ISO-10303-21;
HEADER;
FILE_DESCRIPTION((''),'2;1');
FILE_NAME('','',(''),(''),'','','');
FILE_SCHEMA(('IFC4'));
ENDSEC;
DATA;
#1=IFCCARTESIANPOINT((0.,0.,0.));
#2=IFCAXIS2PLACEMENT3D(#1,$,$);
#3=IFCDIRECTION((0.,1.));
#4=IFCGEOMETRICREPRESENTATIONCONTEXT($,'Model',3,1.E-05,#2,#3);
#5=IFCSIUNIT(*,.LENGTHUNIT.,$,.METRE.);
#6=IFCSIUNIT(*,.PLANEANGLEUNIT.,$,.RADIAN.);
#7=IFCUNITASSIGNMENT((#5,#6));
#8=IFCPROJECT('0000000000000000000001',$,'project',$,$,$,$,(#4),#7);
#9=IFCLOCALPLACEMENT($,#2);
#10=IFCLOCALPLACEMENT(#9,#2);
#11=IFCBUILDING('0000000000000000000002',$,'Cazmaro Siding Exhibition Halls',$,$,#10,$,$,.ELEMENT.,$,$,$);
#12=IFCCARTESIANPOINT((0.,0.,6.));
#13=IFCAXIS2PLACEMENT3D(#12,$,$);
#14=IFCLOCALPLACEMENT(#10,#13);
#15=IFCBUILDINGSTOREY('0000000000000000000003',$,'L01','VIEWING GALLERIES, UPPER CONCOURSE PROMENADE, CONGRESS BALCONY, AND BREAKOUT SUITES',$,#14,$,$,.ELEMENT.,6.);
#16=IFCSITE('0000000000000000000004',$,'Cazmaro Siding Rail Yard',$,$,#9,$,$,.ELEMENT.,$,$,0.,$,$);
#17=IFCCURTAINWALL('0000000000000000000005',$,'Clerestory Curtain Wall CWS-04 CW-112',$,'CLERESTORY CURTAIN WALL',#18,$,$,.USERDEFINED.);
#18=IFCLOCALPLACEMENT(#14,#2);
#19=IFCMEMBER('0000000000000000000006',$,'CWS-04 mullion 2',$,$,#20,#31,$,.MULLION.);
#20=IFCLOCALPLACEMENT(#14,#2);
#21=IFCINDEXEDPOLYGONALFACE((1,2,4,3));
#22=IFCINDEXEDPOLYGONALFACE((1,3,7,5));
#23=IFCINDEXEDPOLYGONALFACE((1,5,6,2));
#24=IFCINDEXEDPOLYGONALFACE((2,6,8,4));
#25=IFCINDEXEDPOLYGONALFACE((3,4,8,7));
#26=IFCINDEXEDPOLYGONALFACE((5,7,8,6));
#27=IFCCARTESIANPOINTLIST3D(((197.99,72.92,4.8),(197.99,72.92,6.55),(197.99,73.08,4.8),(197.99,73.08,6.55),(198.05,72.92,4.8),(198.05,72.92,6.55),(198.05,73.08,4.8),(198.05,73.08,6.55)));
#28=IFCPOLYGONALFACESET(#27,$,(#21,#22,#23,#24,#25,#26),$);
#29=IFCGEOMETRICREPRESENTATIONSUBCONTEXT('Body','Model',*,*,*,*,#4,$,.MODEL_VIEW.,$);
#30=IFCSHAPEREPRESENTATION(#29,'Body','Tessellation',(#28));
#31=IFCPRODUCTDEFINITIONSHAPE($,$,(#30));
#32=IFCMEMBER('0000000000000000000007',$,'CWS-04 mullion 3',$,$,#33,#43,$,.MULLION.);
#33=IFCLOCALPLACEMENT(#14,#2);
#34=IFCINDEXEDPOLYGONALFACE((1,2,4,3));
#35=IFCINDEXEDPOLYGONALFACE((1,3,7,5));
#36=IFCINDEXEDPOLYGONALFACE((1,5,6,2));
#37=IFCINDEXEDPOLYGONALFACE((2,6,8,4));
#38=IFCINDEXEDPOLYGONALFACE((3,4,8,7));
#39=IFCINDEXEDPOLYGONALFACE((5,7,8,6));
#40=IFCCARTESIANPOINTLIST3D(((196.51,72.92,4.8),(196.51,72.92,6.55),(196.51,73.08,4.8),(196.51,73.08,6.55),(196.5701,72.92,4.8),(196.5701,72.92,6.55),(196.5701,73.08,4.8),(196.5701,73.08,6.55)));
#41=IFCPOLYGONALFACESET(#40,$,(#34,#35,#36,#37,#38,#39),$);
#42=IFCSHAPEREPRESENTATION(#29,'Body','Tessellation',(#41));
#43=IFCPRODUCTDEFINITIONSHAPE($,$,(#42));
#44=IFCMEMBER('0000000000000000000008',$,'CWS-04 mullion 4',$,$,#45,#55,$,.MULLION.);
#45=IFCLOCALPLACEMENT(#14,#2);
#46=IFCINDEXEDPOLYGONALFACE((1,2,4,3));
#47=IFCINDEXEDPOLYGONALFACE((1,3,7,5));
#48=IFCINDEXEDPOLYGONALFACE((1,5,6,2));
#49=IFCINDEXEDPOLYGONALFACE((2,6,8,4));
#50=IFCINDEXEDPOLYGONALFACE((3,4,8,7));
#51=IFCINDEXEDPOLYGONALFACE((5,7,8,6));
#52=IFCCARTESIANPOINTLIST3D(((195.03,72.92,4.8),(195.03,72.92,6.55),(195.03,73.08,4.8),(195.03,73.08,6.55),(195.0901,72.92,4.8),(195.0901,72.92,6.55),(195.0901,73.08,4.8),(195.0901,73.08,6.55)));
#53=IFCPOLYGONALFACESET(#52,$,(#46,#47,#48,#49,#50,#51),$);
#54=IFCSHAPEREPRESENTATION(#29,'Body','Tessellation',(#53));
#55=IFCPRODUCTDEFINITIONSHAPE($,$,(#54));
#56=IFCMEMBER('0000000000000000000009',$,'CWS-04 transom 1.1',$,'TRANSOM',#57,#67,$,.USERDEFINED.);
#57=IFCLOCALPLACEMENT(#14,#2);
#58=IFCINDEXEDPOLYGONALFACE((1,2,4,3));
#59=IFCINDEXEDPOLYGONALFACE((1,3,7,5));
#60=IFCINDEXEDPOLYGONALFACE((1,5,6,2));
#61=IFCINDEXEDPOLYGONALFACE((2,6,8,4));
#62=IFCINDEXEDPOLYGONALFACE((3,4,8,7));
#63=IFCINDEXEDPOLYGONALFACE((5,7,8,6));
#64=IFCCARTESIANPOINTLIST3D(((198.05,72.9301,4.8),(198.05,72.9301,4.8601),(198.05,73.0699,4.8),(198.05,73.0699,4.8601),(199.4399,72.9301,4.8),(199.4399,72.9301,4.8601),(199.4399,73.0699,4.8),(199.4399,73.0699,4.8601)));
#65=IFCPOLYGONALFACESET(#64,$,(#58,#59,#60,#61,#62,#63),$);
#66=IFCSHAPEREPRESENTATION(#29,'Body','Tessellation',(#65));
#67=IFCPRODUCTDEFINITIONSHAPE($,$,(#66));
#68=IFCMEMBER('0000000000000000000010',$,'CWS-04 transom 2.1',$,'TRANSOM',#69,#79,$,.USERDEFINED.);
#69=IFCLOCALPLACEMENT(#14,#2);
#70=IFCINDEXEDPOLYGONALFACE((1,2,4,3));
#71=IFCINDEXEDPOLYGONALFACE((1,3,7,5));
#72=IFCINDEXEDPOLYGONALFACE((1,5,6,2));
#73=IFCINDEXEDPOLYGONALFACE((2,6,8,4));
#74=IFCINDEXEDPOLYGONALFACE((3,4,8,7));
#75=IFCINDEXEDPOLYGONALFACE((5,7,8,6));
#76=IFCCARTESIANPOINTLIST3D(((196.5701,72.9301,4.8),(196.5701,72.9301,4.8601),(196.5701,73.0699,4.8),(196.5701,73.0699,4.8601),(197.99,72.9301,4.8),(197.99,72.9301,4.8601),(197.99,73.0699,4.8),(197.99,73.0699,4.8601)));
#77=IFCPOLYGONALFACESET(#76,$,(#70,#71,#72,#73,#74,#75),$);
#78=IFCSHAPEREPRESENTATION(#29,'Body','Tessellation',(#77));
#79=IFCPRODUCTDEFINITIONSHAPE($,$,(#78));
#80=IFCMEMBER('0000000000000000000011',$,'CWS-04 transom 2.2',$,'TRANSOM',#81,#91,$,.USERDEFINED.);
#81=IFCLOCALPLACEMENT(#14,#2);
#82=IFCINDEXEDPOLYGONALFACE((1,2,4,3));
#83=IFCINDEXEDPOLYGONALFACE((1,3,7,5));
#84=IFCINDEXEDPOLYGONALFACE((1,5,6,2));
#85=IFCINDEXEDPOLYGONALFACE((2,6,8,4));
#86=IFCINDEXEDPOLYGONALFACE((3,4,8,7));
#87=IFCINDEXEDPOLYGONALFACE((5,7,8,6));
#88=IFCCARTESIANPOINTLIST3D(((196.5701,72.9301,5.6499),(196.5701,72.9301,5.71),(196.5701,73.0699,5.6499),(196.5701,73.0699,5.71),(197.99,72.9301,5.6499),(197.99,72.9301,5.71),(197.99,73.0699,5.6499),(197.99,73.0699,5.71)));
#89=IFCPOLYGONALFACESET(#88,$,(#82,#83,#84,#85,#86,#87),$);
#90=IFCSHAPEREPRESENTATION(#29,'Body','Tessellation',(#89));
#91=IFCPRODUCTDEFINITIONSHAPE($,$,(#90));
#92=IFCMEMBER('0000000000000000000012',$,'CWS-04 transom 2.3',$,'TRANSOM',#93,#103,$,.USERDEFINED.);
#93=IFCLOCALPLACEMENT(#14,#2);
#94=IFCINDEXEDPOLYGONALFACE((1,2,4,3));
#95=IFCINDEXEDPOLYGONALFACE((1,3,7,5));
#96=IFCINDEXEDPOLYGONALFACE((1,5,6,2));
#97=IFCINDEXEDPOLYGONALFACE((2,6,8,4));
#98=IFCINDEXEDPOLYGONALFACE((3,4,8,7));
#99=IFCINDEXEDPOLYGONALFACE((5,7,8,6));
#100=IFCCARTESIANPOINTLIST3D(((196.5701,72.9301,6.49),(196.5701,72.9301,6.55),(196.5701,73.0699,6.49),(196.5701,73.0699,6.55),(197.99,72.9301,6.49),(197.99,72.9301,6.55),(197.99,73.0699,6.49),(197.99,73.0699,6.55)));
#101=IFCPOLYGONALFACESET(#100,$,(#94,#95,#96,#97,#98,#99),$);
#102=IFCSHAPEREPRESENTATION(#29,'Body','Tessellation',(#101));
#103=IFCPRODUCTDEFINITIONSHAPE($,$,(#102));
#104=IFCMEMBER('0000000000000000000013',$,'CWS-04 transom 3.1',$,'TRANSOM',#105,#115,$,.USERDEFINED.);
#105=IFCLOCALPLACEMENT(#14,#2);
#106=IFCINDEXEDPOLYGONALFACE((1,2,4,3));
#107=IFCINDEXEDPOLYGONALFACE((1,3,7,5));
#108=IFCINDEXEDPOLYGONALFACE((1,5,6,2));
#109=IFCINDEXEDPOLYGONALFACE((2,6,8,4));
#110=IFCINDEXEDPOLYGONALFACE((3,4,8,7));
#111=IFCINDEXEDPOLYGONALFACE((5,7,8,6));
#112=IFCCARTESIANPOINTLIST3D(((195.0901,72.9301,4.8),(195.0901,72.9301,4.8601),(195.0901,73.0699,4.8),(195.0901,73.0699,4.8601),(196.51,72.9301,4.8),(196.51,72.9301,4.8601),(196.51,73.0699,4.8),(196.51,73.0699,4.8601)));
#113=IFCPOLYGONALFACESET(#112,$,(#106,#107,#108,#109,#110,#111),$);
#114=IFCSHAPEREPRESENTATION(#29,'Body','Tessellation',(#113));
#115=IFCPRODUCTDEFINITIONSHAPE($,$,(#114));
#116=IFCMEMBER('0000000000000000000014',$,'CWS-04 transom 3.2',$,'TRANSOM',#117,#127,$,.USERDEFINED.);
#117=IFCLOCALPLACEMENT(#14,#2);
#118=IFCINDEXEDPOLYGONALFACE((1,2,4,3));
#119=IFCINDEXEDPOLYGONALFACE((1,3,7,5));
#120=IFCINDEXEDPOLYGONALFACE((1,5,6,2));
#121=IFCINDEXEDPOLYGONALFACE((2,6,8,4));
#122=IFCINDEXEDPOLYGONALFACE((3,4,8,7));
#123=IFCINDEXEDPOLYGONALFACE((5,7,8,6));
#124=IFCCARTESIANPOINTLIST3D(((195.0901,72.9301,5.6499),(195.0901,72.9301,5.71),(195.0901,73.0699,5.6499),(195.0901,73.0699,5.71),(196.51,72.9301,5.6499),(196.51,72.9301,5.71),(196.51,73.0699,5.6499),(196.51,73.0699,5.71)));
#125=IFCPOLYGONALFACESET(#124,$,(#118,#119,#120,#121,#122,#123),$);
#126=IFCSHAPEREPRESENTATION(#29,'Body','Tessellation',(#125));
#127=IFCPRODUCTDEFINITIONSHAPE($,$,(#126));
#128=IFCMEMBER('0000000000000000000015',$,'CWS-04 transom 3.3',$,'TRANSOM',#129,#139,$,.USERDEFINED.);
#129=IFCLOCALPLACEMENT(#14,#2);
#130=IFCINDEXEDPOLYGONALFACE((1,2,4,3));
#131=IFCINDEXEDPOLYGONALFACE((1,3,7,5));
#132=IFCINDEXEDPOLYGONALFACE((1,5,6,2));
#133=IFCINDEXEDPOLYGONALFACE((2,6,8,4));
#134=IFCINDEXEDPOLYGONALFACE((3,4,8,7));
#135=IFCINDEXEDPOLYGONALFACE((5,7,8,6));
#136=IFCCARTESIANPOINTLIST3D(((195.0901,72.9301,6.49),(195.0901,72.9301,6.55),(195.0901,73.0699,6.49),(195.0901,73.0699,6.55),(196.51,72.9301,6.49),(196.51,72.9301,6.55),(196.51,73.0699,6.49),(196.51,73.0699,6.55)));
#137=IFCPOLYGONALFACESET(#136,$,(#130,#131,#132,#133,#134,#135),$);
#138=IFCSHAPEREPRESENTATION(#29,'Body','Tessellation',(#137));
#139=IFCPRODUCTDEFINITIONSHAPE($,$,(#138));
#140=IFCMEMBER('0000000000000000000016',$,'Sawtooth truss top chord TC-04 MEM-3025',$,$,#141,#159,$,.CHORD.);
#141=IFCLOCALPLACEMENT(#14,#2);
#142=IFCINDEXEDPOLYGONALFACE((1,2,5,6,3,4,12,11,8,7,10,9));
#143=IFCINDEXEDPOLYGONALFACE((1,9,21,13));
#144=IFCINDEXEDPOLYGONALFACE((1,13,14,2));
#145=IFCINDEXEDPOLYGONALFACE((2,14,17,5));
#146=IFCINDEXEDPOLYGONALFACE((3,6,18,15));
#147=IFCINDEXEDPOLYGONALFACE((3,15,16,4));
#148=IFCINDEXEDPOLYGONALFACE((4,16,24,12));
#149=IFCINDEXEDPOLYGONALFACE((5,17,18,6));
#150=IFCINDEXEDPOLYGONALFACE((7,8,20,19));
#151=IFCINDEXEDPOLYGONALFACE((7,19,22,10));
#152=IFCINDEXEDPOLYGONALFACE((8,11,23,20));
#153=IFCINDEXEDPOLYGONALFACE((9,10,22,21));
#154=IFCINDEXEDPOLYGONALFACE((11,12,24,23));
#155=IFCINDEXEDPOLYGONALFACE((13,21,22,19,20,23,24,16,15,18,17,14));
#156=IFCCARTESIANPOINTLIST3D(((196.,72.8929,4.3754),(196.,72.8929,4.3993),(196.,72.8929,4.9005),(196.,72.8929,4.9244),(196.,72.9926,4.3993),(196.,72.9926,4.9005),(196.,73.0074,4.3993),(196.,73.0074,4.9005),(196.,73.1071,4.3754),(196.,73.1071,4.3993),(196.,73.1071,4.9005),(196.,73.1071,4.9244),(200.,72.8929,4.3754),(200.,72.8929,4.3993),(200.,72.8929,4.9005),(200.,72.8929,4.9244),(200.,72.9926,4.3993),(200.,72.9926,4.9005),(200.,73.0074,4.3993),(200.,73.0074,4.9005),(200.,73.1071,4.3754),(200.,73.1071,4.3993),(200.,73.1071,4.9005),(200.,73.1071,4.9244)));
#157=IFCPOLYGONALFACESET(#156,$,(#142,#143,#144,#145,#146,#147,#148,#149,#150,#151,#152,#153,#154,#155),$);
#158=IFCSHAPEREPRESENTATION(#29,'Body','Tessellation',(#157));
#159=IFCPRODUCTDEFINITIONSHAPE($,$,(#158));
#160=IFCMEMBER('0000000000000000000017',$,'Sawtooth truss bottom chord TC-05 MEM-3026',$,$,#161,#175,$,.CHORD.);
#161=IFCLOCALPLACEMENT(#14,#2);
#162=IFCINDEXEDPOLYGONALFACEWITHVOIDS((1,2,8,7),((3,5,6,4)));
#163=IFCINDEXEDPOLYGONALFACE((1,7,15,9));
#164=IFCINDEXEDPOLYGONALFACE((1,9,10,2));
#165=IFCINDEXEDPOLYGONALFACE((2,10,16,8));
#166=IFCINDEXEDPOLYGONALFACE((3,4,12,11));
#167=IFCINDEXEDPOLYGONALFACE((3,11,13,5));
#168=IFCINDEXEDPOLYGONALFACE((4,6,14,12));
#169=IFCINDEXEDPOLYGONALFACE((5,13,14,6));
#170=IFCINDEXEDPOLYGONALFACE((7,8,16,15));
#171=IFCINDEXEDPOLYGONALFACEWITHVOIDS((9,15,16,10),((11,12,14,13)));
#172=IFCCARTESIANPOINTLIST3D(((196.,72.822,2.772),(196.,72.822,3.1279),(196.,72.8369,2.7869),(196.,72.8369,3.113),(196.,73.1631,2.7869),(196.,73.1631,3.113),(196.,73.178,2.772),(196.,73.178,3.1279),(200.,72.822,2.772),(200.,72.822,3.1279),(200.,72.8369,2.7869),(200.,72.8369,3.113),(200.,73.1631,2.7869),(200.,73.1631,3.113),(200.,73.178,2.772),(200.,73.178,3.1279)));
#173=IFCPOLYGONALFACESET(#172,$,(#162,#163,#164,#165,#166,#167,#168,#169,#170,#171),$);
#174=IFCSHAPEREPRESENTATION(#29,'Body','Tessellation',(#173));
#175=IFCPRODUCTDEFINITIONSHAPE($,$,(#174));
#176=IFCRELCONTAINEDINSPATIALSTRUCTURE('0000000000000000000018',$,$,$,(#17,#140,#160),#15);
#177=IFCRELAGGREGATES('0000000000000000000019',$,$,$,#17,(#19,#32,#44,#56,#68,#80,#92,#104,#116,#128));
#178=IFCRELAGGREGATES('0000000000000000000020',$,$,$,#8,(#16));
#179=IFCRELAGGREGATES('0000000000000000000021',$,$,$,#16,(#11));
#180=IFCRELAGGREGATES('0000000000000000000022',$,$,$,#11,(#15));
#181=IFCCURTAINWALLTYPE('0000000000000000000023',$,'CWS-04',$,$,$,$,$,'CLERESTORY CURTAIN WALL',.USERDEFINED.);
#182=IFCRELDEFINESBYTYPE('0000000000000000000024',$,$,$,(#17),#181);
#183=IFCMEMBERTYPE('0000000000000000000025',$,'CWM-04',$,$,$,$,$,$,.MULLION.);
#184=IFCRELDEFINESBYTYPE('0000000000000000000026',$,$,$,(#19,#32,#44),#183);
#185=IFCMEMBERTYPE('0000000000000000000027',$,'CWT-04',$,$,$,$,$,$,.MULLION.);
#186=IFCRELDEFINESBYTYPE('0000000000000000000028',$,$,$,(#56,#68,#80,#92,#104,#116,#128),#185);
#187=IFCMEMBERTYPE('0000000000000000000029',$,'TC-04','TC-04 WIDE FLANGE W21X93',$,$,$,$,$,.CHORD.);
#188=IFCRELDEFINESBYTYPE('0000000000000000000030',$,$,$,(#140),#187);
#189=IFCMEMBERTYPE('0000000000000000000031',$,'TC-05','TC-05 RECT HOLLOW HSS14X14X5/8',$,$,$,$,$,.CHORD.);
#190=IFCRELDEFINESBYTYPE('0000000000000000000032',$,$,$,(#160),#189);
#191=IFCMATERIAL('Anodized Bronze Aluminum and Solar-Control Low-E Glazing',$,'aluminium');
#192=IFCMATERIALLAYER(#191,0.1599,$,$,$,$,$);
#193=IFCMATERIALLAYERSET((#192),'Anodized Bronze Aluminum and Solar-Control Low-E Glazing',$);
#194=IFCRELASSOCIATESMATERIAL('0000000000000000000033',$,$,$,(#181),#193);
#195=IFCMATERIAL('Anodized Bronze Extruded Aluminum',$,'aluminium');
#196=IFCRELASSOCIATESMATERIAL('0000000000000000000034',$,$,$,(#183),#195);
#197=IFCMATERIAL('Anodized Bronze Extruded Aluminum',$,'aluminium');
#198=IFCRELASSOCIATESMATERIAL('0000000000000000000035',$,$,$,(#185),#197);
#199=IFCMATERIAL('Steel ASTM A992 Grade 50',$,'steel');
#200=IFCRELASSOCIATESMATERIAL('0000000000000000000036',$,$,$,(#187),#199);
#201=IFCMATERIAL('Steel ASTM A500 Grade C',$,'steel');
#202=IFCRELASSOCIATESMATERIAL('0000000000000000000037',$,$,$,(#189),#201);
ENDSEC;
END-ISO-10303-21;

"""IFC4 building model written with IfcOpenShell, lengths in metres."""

from ifc_helpers import new_model, si_unit, direction, frame, origin, origin_2d, place, context, subcontext, project, spatial, rectangle, hollow_rectangle, i_section, extrude, material, layer, layer_set, material_profile, profile_set, type_object, element, aggregate, save


model = new_model("IFC4")

# Units and contexts
model_context = context("Model", 3, precision=1e-05, world=origin(), true_north=direction((0.0, 1.0)))
body_context = subcontext(model_context, "Body", "Model", "MODEL_VIEW")
ifc_project = project(units=[si_unit("LENGTHUNIT", "METRE"), si_unit("PLANEANGLEUNIT", "RADIAN")], contexts=[model_context])

# Site, building, storey
site_placement = place(None, origin())
site = spatial("IfcSite", under=ifc_project, at=site_placement, Name="Cazmaro Siding Rail Yard", CompositionType="ELEMENT", RefElevation=0.0)
building_placement = place(site_placement, origin())
building = spatial("IfcBuilding", under=site, at=building_placement, Name="Cazmaro Siding Exhibition Halls", CompositionType="ELEMENT")
storey_placement = place(building_placement, frame((0.0, 0.0, 6.0)))
storey = spatial("IfcBuildingStorey", under=building, at=storey_placement, Name="L01", Description="VIEWING GALLERIES, UPPER CONCOURSE PROMENADE, CONGRESS BALCONY, AND BREAKOUT SUITES", CompositionType="ELEMENT", Elevation=6.0)

# Curtain wall, members
ifc_material_1 = material(Name="Anodized Bronze Aluminum and Solar-Control Low-E Glazing", Category="aluminium")
ifc_layer_1 = layer(ifc_material_1, 0.1599)
ifc_layer_set_1 = layer_set([ifc_layer_1], Name="Anodized Bronze Aluminum and Solar-Control Low-E Glazing")
curtain_wall_type = type_object("IfcCurtainWallType", Name="CWS-04", ElementType="CLERESTORY CURTAIN WALL", PredefinedType="USERDEFINED", material=ifc_layer_set_1)
curtain_wall_placement = place(storey_placement, origin())
curtain_wall = element("IfcCurtainWall", 1, at=curtain_wall_placement, inside=storey, type_object=curtain_wall_type, Name="Clerestory Curtain Wall CWS-04 CW-112", ObjectType="CLERESTORY CURTAIN WALL", PredefinedType="USERDEFINED")
ifc_material_2 = material(Name="Anodized Bronze Extruded Aluminum", Category="aluminium")
ifc_material_profile_1 = material_profile(ifc_material_2, rectangle(XDim=0.1599, YDim=0.0601, at=origin_2d()), Name="CWM-04")
ifc_profile_set_1 = profile_set([ifc_material_profile_1], Name="Anodized Bronze Extruded Aluminum")
member_type_1 = type_object("IfcMemberType", Name="CWM-04", PredefinedType="MULLION", material=ifc_profile_set_1)
member_1_placement = place(storey_placement, frame((198.02, 73.0, 4.8), z_axis=(0.0, 0.0, 1.0), x_axis=(0.0, -1.0, 0.0)))
member_1 = element("IfcMember", 2, at=member_1_placement, type_object=member_type_1, Name="CWS-04 mullion 2", PredefinedType="MULLION", context=body_context, shape_type="SweptSolid", body=[
    extrude(rectangle(XDim=0.1599, YDim=0.0601, at=origin_2d()), origin(), (0.0, 0.0, 1.0), 1.75),
])
member_2_placement = place(storey_placement, frame((196.54, 73.0, 4.8), z_axis=(0.0, 0.0, 1.0), x_axis=(0.0, -1.0, 0.0)))
member_2 = element("IfcMember", 3, at=member_2_placement, type_object=member_type_1, Name="CWS-04 mullion 3", PredefinedType="MULLION", context=body_context, shape_type="SweptSolid", body=[
    extrude(rectangle(XDim=0.1599, YDim=0.0601, at=origin_2d()), origin(), (0.0, 0.0, 1.0), 1.75),
])
member_3_placement = place(storey_placement, frame((195.0601, 73.0, 4.8), z_axis=(0.0, 0.0, 1.0), x_axis=(0.0, -1.0, 0.0)))
member_3 = element("IfcMember", 4, at=member_3_placement, type_object=member_type_1, Name="CWS-04 mullion 4", PredefinedType="MULLION", context=body_context, shape_type="SweptSolid", body=[
    extrude(rectangle(XDim=0.1599, YDim=0.0601, at=origin_2d()), origin(), (0.0, 0.0, 1.0), 1.75),
])
ifc_material_3 = material(Name="Anodized Bronze Extruded Aluminum", Category="aluminium")
ifc_material_profile_2 = material_profile(ifc_material_3, rectangle(XDim=0.1399, YDim=0.0601, at=origin_2d()), Name="CWT-04")
ifc_profile_set_2 = profile_set([ifc_material_profile_2], Name="Anodized Bronze Extruded Aluminum")
member_type_2 = type_object("IfcMemberType", Name="CWT-04", PredefinedType="MULLION", material=ifc_profile_set_2)
member_4_placement = place(storey_placement, frame((199.4399, 73.0, 4.8301), z_axis=(-1.0, 0.0, 0.0), x_axis=(0.0, -1.0, 0.0)))
member_4 = element("IfcMember", 5, at=member_4_placement, type_object=member_type_2, Name="CWS-04 transom 1.1", ObjectType="TRANSOM", PredefinedType="USERDEFINED", context=body_context, shape_type="SweptSolid", body=[
    extrude(rectangle(XDim=0.1399, YDim=0.0601, at=origin_2d()), origin(), (0.0, 0.0, 1.0), 1.3899),
])
member_5_placement = place(storey_placement, frame((197.99, 73.0, 4.8301), z_axis=(-1.0, 0.0, 0.0), x_axis=(0.0, -1.0, 0.0)))
member_5 = element("IfcMember", 6, at=member_5_placement, type_object=member_type_2, Name="CWS-04 transom 2.1", ObjectType="TRANSOM", PredefinedType="USERDEFINED", context=body_context, shape_type="SweptSolid", body=[
    extrude(rectangle(XDim=0.1399, YDim=0.0601, at=origin_2d()), origin(), (0.0, 0.0, 1.0), 1.4199),
])
member_6_placement = place(storey_placement, frame((197.99, 73.0, 5.6799), z_axis=(-1.0, 0.0, 0.0), x_axis=(0.0, -1.0, 0.0)))
member_6 = element("IfcMember", 7, at=member_6_placement, type_object=member_type_2, Name="CWS-04 transom 2.2", ObjectType="TRANSOM", PredefinedType="USERDEFINED", context=body_context, shape_type="SweptSolid", body=[
    extrude(rectangle(XDim=0.1399, YDim=0.0601, at=origin_2d()), origin(), (0.0, 0.0, 1.0), 1.4199),
])
member_7_placement = place(storey_placement, frame((197.99, 73.0, 6.52), z_axis=(-1.0, 0.0, 0.0), x_axis=(0.0, -1.0, 0.0)))
member_7 = element("IfcMember", 8, at=member_7_placement, type_object=member_type_2, Name="CWS-04 transom 2.3", ObjectType="TRANSOM", PredefinedType="USERDEFINED", context=body_context, shape_type="SweptSolid", body=[
    extrude(rectangle(XDim=0.1399, YDim=0.0601, at=origin_2d()), origin(), (0.0, 0.0, 1.0), 1.4199),
])
member_8_placement = place(storey_placement, frame((196.51, 73.0, 4.8301), z_axis=(-1.0, 0.0, 0.0), x_axis=(0.0, -1.0, 0.0)))
member_8 = element("IfcMember", 9, at=member_8_placement, type_object=member_type_2, Name="CWS-04 transom 3.1", ObjectType="TRANSOM", PredefinedType="USERDEFINED", context=body_context, shape_type="SweptSolid", body=[
    extrude(rectangle(XDim=0.1399, YDim=0.0601, at=origin_2d()), origin(), (0.0, 0.0, 1.0), 1.4199),
])
member_9_placement = place(storey_placement, frame((196.51, 73.0, 5.6799), z_axis=(-1.0, 0.0, 0.0), x_axis=(0.0, -1.0, 0.0)))
member_9 = element("IfcMember", 10, at=member_9_placement, type_object=member_type_2, Name="CWS-04 transom 3.2", ObjectType="TRANSOM", PredefinedType="USERDEFINED", context=body_context, shape_type="SweptSolid", body=[
    extrude(rectangle(XDim=0.1399, YDim=0.0601, at=origin_2d()), origin(), (0.0, 0.0, 1.0), 1.4199),
])
member_10_placement = place(storey_placement, frame((196.51, 73.0, 6.52), z_axis=(-1.0, 0.0, 0.0), x_axis=(0.0, -1.0, 0.0)))
member_10 = element("IfcMember", 11, at=member_10_placement, type_object=member_type_2, Name="CWS-04 transom 3.3", ObjectType="TRANSOM", PredefinedType="USERDEFINED", context=body_context, shape_type="SweptSolid", body=[
    extrude(rectangle(XDim=0.1399, YDim=0.0601, at=origin_2d()), origin(), (0.0, 0.0, 1.0), 1.4199),
])

# Members
ifc_material_4 = material(Name="Steel ASTM A992 Grade 50", Category="steel")
ifc_material_profile_3 = material_profile(ifc_material_4, i_section(OverallWidth=0.2141, OverallDepth=0.5491, WebThickness=0.0149, FlangeThickness=0.0239, at=origin_2d()), Name="W21X93")
ifc_profile_set_3 = profile_set([ifc_material_profile_3], Name="Steel ASTM A992 Grade 50")
member_type_3 = type_object("IfcMemberType", Name="TC-04", Description="TC-04 WIDE FLANGE W21X93", PredefinedType="CHORD", material=ifc_profile_set_3)
member_11_placement = place(storey_placement, frame((196.0, 73.0, 4.6499), z_axis=(1.0, 0.0, 0.0), x_axis=(0.0, 1.0, 0.0)))
element("IfcMember", 12, at=member_11_placement, inside=storey, type_object=member_type_3, Name="Sawtooth truss top chord TC-04 MEM-3025", PredefinedType="CHORD", context=body_context, shape_type="SweptSolid", body=[
    extrude(i_section(OverallWidth=0.2141, OverallDepth=0.5491, WebThickness=0.0149, FlangeThickness=0.0239, at=origin_2d()), origin(), (0.0, 0.0, 1.0), 4.0),
])
ifc_material_5 = material(Name="Steel ASTM A500 Grade C", Category="steel")
ifc_material_profile_4 = material_profile(ifc_material_5, hollow_rectangle(XDim=0.356, YDim=0.356, WallThickness=0.0149, at=origin_2d()), Name="HSS14X14X5/8")
ifc_profile_set_4 = profile_set([ifc_material_profile_4], Name="Steel ASTM A500 Grade C")
member_type_4 = type_object("IfcMemberType", Name="TC-05", Description="TC-05 RECT HOLLOW HSS14X14X5/8", PredefinedType="CHORD", material=ifc_profile_set_4)
member_12_placement = place(storey_placement, frame((196.0, 73.0, 2.95), z_axis=(1.0, 0.0, 0.0), x_axis=(0.0, 1.0, 0.0)))
element("IfcMember", 13, at=member_12_placement, inside=storey, type_object=member_type_4, Name="Sawtooth truss bottom chord TC-05 MEM-3026", PredefinedType="CHORD", context=body_context, shape_type="SweptSolid", body=[
    extrude(hollow_rectangle(XDim=0.356, YDim=0.356, WallThickness=0.0149, at=origin_2d()), origin(), (0.0, 0.0, 1.0), 4.0),
])

aggregate(curtain_wall, [member_1, member_2, member_3, member_4, member_5, member_6, member_7, member_8, member_9, member_10])

save(model, "model.ifc")
